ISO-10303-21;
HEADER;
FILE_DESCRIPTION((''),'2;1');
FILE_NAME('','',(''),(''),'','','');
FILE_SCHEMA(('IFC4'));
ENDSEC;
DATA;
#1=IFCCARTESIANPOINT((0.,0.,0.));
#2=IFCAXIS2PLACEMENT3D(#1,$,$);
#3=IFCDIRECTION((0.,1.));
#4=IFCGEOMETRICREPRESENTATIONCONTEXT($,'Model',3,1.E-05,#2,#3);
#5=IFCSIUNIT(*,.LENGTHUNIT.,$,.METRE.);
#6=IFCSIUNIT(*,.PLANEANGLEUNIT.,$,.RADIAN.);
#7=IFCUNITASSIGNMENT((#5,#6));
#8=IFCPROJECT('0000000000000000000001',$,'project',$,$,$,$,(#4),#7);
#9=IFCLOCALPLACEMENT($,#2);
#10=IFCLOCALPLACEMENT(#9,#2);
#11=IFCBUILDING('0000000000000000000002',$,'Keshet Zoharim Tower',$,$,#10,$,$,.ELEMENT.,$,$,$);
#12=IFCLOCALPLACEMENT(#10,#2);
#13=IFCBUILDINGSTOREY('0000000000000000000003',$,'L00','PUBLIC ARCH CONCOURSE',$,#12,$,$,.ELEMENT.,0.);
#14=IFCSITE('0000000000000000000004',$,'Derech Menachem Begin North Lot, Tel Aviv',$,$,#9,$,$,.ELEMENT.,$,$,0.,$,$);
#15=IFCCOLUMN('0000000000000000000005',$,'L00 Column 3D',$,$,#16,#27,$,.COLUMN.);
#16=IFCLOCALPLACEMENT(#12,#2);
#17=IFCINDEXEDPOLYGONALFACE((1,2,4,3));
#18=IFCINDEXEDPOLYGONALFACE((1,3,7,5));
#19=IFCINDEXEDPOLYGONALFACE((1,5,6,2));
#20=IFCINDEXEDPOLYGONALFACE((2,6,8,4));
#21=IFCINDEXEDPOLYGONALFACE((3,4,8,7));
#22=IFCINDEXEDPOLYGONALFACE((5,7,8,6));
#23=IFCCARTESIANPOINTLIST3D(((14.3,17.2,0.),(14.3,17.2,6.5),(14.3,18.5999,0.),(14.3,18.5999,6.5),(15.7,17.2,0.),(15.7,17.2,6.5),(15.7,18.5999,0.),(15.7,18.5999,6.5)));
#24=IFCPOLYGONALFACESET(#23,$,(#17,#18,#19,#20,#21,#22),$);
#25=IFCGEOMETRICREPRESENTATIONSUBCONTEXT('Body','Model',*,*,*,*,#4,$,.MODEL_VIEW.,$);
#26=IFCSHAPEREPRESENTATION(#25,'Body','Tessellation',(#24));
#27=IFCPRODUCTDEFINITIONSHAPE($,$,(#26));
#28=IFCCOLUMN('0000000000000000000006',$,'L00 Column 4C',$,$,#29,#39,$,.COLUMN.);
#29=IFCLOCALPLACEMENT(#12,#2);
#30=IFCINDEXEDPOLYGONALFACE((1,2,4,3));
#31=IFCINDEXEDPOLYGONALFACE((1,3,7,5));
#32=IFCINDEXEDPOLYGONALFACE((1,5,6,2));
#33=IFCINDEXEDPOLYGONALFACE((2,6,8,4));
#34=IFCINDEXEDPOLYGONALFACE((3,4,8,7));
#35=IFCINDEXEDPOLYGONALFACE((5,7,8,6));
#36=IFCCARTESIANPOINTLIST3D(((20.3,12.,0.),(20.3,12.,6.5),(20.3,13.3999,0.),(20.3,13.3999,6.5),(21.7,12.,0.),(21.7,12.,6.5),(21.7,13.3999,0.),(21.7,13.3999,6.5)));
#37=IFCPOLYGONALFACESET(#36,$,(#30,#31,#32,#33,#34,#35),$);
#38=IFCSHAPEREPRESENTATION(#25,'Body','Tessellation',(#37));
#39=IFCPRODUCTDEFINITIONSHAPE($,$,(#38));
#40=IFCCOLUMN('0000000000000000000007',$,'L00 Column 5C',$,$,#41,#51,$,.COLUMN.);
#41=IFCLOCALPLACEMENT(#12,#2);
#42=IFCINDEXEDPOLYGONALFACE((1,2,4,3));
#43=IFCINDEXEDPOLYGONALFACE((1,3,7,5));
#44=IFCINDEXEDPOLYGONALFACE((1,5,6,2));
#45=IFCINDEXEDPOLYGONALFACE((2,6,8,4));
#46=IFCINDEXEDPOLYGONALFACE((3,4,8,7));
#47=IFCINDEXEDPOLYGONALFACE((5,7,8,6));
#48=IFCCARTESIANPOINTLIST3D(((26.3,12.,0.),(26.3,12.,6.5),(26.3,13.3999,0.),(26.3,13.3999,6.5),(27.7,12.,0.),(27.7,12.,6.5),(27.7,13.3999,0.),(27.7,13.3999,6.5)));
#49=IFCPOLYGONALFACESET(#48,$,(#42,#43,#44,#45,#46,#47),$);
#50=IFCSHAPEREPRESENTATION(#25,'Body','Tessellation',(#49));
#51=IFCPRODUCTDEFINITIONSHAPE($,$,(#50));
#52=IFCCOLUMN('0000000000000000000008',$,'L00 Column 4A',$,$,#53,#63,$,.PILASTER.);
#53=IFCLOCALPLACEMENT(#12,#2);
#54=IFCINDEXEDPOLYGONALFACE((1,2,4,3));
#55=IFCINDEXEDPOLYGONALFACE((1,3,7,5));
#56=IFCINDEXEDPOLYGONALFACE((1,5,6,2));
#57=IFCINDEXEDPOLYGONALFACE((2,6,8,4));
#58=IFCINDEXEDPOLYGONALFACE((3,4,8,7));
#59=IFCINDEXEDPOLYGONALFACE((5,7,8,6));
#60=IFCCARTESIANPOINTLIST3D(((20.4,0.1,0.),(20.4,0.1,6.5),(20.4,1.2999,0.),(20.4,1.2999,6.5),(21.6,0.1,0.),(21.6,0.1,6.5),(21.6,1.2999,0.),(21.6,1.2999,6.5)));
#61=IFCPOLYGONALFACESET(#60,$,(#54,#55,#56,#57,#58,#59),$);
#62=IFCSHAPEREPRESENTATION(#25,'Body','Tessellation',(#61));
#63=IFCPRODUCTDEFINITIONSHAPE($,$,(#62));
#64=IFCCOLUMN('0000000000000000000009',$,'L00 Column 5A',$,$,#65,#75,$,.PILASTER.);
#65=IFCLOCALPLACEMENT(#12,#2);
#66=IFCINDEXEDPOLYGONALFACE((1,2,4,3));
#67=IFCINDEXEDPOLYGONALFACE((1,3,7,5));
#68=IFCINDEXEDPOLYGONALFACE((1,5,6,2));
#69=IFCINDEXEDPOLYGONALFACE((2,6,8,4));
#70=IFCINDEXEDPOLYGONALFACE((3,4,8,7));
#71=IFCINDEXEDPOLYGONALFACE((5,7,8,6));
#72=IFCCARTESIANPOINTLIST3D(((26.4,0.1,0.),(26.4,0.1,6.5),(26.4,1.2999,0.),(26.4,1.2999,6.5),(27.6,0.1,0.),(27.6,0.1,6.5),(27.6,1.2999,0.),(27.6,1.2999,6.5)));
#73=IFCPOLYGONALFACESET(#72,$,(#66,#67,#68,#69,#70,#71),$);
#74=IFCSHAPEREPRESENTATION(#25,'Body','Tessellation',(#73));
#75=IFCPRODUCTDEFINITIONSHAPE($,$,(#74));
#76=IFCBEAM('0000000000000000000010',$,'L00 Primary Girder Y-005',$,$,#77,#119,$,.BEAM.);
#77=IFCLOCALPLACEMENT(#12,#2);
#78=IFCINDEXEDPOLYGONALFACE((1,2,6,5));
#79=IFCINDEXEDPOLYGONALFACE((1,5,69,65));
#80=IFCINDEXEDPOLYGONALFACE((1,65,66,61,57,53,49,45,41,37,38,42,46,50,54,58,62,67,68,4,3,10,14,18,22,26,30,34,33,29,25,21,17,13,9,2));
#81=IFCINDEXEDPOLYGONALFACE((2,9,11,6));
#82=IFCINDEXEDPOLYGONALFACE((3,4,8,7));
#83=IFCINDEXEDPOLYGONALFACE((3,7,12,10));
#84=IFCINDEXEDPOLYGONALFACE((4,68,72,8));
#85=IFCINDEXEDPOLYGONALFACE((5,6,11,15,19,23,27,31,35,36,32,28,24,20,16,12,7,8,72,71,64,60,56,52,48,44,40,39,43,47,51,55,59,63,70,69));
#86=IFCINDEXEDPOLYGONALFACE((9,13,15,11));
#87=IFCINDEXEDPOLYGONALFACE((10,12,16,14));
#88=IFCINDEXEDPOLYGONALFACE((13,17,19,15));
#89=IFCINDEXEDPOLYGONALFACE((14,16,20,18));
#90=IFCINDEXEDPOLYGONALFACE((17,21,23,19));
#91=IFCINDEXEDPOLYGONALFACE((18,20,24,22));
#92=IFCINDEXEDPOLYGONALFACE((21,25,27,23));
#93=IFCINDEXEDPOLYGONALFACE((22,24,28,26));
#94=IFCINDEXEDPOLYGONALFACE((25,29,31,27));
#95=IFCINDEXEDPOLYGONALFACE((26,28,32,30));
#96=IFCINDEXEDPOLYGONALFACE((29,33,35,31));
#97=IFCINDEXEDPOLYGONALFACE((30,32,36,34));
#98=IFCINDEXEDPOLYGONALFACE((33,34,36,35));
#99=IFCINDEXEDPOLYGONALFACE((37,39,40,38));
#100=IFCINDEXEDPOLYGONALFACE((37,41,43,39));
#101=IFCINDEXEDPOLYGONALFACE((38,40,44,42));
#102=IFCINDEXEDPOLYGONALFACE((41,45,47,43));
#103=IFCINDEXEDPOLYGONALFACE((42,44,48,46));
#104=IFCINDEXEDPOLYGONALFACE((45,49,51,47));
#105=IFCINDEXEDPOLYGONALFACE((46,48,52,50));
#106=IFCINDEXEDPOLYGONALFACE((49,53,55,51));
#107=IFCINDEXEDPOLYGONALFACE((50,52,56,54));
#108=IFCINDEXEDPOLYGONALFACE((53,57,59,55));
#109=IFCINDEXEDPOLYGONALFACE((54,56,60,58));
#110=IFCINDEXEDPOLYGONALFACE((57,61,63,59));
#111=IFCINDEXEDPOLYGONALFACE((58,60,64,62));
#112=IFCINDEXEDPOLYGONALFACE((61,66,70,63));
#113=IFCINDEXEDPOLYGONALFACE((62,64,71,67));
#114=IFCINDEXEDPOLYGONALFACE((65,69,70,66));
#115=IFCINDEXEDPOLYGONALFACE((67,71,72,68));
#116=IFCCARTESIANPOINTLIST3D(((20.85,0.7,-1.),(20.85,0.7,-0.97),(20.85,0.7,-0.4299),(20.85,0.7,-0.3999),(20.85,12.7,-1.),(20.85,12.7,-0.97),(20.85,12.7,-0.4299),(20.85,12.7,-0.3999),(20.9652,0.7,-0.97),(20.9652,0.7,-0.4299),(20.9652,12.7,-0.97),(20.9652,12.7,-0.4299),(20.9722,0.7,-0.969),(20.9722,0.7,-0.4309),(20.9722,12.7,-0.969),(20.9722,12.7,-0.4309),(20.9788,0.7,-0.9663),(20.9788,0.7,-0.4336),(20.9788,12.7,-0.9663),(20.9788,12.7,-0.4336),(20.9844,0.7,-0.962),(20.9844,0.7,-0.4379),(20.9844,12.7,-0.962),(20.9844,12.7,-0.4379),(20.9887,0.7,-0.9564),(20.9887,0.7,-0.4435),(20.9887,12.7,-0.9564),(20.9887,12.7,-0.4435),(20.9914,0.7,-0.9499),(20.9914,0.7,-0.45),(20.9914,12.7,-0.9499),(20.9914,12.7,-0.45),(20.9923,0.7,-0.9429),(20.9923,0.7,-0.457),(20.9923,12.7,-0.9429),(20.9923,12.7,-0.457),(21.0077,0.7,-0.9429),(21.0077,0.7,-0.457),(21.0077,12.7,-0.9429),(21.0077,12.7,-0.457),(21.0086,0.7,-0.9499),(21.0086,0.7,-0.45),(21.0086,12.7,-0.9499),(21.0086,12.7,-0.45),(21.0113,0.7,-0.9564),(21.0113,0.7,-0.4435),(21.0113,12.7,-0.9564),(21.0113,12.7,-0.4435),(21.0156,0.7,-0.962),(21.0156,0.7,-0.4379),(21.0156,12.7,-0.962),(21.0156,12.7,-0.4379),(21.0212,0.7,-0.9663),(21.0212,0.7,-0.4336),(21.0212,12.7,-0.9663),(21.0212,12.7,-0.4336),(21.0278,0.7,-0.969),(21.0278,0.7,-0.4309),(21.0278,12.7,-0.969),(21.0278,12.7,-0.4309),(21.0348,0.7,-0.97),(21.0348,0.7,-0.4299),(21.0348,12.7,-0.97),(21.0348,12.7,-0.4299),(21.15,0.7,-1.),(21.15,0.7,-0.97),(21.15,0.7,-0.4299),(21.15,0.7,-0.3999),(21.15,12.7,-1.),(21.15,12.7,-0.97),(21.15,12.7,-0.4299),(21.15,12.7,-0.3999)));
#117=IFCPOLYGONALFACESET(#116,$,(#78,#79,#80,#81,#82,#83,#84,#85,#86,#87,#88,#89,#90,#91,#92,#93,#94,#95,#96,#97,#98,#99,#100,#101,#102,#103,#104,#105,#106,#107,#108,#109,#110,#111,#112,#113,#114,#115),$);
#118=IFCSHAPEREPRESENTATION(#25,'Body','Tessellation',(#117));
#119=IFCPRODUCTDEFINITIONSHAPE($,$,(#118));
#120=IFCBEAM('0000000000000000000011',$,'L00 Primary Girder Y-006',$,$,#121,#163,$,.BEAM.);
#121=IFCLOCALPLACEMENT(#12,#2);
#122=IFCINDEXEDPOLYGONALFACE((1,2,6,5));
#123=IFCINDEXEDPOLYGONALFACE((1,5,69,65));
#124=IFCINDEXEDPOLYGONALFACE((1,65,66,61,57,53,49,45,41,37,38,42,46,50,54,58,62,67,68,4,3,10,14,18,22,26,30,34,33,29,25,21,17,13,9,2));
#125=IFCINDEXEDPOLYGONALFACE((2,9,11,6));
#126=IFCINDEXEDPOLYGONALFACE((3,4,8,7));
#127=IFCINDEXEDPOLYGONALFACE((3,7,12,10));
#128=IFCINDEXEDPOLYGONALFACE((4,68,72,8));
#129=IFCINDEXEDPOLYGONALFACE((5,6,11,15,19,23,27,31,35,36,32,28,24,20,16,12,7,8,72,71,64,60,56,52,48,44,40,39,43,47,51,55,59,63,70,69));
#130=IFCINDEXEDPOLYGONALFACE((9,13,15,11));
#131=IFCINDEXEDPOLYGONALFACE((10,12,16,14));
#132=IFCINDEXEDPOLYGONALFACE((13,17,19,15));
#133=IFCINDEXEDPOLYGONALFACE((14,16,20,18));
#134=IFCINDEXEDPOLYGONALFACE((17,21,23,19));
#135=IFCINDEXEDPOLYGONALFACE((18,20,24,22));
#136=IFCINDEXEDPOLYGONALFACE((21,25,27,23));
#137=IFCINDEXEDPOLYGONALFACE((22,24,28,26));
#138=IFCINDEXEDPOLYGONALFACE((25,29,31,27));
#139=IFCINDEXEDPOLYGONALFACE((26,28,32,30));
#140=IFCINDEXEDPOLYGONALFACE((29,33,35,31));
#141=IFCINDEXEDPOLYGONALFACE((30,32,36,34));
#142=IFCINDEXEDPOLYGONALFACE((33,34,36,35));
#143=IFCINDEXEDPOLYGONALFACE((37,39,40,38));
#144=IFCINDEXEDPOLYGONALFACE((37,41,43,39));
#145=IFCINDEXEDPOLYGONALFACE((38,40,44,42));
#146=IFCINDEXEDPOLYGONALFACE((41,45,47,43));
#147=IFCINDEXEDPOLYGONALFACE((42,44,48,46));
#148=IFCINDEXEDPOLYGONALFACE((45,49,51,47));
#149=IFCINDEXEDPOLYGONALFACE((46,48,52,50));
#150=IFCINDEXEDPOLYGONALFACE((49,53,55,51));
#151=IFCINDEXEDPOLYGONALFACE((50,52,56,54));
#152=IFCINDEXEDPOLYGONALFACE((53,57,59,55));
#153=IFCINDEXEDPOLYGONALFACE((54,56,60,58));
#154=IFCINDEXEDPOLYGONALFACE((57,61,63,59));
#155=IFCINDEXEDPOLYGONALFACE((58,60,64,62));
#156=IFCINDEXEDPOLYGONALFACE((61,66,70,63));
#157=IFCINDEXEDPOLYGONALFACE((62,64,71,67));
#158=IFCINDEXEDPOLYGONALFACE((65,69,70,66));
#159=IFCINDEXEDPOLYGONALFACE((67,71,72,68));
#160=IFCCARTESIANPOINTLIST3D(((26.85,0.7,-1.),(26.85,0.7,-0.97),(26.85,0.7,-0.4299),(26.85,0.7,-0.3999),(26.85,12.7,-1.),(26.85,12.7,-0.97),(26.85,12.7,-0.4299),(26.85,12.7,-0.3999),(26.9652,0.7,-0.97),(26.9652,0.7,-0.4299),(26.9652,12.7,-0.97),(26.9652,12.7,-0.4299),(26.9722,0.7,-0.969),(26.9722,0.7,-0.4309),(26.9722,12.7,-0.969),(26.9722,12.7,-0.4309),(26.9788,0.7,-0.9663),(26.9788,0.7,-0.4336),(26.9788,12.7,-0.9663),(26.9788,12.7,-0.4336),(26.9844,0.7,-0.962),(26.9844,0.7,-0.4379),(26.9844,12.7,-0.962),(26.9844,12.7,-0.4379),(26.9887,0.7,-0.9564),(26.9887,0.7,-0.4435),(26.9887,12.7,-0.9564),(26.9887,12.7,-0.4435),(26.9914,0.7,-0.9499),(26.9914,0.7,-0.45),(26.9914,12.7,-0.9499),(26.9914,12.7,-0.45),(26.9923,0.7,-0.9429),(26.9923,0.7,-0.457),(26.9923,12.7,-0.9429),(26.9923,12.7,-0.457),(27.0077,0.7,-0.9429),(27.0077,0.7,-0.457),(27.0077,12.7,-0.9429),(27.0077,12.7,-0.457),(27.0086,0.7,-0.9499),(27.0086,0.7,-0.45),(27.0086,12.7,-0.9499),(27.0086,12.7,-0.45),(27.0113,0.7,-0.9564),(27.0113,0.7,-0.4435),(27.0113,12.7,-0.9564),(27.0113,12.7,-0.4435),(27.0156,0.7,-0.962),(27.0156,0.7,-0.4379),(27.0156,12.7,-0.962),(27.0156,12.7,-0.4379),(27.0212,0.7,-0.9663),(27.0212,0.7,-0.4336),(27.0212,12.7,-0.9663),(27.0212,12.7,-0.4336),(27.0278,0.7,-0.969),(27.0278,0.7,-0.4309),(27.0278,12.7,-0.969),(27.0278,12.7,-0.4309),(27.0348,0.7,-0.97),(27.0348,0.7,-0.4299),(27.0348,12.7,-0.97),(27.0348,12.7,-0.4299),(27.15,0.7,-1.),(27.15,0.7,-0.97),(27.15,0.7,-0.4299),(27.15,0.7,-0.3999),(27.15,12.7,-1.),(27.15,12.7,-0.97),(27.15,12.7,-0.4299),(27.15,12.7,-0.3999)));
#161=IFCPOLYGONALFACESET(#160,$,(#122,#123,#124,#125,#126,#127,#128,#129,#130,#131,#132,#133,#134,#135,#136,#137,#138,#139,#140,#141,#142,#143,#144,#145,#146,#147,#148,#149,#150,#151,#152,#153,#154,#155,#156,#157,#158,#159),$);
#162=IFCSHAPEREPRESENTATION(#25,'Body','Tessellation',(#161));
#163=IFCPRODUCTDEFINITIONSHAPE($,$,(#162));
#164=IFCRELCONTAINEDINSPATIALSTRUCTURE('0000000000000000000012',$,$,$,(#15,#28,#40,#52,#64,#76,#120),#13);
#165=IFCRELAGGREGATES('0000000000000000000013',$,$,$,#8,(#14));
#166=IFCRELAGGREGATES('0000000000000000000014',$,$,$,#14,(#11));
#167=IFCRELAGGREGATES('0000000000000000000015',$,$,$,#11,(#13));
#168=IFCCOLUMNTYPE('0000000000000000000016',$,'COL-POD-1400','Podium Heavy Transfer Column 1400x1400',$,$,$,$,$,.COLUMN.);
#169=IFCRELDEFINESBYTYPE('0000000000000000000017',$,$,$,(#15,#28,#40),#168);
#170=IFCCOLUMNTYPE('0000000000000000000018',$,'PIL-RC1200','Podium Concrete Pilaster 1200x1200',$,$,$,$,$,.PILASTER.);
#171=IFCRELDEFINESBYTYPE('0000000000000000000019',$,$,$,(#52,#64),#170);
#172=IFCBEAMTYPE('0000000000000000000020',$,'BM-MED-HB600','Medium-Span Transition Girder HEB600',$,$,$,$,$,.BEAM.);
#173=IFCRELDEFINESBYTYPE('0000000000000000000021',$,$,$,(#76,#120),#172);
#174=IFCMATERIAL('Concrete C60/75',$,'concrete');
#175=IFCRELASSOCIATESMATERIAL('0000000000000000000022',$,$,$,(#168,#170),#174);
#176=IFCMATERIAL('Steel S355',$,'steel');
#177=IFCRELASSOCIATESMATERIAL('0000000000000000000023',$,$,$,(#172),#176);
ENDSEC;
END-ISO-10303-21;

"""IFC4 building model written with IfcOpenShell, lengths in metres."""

from ifc_helpers import new_model, si_unit, direction, frame, origin, origin_2d, place, context, subcontext, project, spatial, rectangle, i_section, extrude, material, material_profile, profile_set, type_object, element, save


model = new_model("IFC4")

# Units and contexts
model_context = context("Model", 3, precision=1e-05, world=origin(), true_north=direction((0.0, 1.0)))
body_context = subcontext(model_context, "Body", "Model", "MODEL_VIEW")
ifc_project = project(units=[si_unit("LENGTHUNIT", "METRE"), si_unit("PLANEANGLEUNIT", "RADIAN")], contexts=[model_context])

# Site, building, storey
site_placement = place(None, origin())
site = spatial("IfcSite", under=ifc_project, at=site_placement, Name="Derech Menachem Begin North Lot, Tel Aviv", CompositionType="ELEMENT", RefElevation=0.0)
building_placement = place(site_placement, origin())
building = spatial("IfcBuilding", under=site, at=building_placement, Name="Keshet Zoharim Tower", CompositionType="ELEMENT")
storey_placement = place(building_placement, origin())
storey = spatial("IfcBuildingStorey", under=building, at=storey_placement, Name="L00", Description="PUBLIC ARCH CONCOURSE", CompositionType="ELEMENT", Elevation=0.0)

# Columns
ifc_material_1 = material(Name="Concrete C60/75", Category="concrete")
ifc_material_profile_1 = material_profile(ifc_material_1, rectangle(XDim=1.3999, YDim=1.3999, at=origin_2d()), Name="RC1400x1400")
ifc_profile_set_1 = profile_set([ifc_material_profile_1], Name="Concrete C60/75")
column_type_1 = type_object("IfcColumnType", Name="COL-POD-1400", Description="Podium Heavy Transfer Column 1400x1400", PredefinedType="COLUMN", material=ifc_profile_set_1)
for number, where, z_axis, x_axis, name in (
    (1, (15.0, 17.8999, 0.0), (0.0, 0.0, 1.0), (1.0, 0.0, 0.0), "L00 Column 3D"),
    (2, (21.0, 12.7, 0.0), (0.0, 0.0, 1.0), (1.0, 0.0, 0.0), "L00 Column 4C"),
    (3, (27.0, 12.7, 0.0), (0.0, 0.0, 1.0), (1.0, 0.0, 0.0), "L00 Column 5C"),
):
    element("IfcColumn", number, at=place(storey_placement, frame(where, z_axis=z_axis, x_axis=x_axis)), inside=storey, type_object=column_type_1, Name=name, PredefinedType="COLUMN", context=body_context, shape_type="SweptSolid", body=[
        extrude(rectangle(XDim=1.3999, YDim=1.3999, at=origin_2d()), origin(), (0.0, 0.0, 1.0), 6.5),
    ])
ifc_material_profile_2 = material_profile(ifc_material_1, rectangle(XDim=1.2, YDim=1.2, at=origin_2d()), Name="RC1200x1200")
ifc_profile_set_2 = profile_set([ifc_material_profile_2], Name="Concrete C60/75")
column_type_2 = type_object("IfcColumnType", Name="PIL-RC1200", Description="Podium Concrete Pilaster 1200x1200", PredefinedType="PILASTER", material=ifc_profile_set_2)
for number, where, z_axis, x_axis, name in (
    (4, (21.0, 0.7, 0.0), (0.0, 0.0, 1.0), (1.0, 0.0, 0.0), "L00 Column 4A"),
    (5, (27.0, 0.7, 0.0), (0.0, 0.0, 1.0), (1.0, 0.0, 0.0), "L00 Column 5A"),
):
    element("IfcColumn", number, at=place(storey_placement, frame(where, z_axis=z_axis, x_axis=x_axis)), inside=storey, type_object=column_type_2, Name=name, PredefinedType="PILASTER", context=body_context, shape_type="SweptSolid", body=[
        extrude(rectangle(XDim=1.2, YDim=1.2, at=origin_2d()), origin(), (0.0, 0.0, 1.0), 6.5),
    ])

# Beams
ifc_material_2 = material(Name="Steel S355", Category="steel")
ifc_material_profile_3 = material_profile(ifc_material_2, i_section(OverallWidth=0.3, OverallDepth=0.6001, WebThickness=0.0154, FlangeThickness=0.03, FilletRadius=0.0271, at=origin_2d()), Name="HEB600")
ifc_profile_set_3 = profile_set([ifc_material_profile_3], Name="Steel S355")
beam_type_1 = type_object("IfcBeamType", Name="BM-MED-HB600", Description="Medium-Span Transition Girder HEB600", PredefinedType="BEAM", material=ifc_profile_set_3)
for number, where, z_axis, x_axis, name in (
    (6, (21.0, 0.7, -0.7), (0.0, 1.0, 0.0), (-1.0, 0.0, 0.0), "L00 Primary Girder Y-005"),
    (7, (27.0, 0.7, -0.7), (0.0, 1.0, 0.0), (-1.0, 0.0, 0.0), "L00 Primary Girder Y-006"),
):
    element("IfcBeam", number, at=place(storey_placement, frame(where, z_axis=z_axis, x_axis=x_axis)), inside=storey, type_object=beam_type_1, Name=name, PredefinedType="BEAM", context=body_context, shape_type="SweptSolid", body=[
        extrude(i_section(OverallWidth=0.3, OverallDepth=0.6001, WebThickness=0.0154, FlangeThickness=0.03, FilletRadius=0.0271, at=origin_2d()), origin(), (0.0, 0.0, 1.0), 12.0),
    ])

save(model, "model.ifc")
